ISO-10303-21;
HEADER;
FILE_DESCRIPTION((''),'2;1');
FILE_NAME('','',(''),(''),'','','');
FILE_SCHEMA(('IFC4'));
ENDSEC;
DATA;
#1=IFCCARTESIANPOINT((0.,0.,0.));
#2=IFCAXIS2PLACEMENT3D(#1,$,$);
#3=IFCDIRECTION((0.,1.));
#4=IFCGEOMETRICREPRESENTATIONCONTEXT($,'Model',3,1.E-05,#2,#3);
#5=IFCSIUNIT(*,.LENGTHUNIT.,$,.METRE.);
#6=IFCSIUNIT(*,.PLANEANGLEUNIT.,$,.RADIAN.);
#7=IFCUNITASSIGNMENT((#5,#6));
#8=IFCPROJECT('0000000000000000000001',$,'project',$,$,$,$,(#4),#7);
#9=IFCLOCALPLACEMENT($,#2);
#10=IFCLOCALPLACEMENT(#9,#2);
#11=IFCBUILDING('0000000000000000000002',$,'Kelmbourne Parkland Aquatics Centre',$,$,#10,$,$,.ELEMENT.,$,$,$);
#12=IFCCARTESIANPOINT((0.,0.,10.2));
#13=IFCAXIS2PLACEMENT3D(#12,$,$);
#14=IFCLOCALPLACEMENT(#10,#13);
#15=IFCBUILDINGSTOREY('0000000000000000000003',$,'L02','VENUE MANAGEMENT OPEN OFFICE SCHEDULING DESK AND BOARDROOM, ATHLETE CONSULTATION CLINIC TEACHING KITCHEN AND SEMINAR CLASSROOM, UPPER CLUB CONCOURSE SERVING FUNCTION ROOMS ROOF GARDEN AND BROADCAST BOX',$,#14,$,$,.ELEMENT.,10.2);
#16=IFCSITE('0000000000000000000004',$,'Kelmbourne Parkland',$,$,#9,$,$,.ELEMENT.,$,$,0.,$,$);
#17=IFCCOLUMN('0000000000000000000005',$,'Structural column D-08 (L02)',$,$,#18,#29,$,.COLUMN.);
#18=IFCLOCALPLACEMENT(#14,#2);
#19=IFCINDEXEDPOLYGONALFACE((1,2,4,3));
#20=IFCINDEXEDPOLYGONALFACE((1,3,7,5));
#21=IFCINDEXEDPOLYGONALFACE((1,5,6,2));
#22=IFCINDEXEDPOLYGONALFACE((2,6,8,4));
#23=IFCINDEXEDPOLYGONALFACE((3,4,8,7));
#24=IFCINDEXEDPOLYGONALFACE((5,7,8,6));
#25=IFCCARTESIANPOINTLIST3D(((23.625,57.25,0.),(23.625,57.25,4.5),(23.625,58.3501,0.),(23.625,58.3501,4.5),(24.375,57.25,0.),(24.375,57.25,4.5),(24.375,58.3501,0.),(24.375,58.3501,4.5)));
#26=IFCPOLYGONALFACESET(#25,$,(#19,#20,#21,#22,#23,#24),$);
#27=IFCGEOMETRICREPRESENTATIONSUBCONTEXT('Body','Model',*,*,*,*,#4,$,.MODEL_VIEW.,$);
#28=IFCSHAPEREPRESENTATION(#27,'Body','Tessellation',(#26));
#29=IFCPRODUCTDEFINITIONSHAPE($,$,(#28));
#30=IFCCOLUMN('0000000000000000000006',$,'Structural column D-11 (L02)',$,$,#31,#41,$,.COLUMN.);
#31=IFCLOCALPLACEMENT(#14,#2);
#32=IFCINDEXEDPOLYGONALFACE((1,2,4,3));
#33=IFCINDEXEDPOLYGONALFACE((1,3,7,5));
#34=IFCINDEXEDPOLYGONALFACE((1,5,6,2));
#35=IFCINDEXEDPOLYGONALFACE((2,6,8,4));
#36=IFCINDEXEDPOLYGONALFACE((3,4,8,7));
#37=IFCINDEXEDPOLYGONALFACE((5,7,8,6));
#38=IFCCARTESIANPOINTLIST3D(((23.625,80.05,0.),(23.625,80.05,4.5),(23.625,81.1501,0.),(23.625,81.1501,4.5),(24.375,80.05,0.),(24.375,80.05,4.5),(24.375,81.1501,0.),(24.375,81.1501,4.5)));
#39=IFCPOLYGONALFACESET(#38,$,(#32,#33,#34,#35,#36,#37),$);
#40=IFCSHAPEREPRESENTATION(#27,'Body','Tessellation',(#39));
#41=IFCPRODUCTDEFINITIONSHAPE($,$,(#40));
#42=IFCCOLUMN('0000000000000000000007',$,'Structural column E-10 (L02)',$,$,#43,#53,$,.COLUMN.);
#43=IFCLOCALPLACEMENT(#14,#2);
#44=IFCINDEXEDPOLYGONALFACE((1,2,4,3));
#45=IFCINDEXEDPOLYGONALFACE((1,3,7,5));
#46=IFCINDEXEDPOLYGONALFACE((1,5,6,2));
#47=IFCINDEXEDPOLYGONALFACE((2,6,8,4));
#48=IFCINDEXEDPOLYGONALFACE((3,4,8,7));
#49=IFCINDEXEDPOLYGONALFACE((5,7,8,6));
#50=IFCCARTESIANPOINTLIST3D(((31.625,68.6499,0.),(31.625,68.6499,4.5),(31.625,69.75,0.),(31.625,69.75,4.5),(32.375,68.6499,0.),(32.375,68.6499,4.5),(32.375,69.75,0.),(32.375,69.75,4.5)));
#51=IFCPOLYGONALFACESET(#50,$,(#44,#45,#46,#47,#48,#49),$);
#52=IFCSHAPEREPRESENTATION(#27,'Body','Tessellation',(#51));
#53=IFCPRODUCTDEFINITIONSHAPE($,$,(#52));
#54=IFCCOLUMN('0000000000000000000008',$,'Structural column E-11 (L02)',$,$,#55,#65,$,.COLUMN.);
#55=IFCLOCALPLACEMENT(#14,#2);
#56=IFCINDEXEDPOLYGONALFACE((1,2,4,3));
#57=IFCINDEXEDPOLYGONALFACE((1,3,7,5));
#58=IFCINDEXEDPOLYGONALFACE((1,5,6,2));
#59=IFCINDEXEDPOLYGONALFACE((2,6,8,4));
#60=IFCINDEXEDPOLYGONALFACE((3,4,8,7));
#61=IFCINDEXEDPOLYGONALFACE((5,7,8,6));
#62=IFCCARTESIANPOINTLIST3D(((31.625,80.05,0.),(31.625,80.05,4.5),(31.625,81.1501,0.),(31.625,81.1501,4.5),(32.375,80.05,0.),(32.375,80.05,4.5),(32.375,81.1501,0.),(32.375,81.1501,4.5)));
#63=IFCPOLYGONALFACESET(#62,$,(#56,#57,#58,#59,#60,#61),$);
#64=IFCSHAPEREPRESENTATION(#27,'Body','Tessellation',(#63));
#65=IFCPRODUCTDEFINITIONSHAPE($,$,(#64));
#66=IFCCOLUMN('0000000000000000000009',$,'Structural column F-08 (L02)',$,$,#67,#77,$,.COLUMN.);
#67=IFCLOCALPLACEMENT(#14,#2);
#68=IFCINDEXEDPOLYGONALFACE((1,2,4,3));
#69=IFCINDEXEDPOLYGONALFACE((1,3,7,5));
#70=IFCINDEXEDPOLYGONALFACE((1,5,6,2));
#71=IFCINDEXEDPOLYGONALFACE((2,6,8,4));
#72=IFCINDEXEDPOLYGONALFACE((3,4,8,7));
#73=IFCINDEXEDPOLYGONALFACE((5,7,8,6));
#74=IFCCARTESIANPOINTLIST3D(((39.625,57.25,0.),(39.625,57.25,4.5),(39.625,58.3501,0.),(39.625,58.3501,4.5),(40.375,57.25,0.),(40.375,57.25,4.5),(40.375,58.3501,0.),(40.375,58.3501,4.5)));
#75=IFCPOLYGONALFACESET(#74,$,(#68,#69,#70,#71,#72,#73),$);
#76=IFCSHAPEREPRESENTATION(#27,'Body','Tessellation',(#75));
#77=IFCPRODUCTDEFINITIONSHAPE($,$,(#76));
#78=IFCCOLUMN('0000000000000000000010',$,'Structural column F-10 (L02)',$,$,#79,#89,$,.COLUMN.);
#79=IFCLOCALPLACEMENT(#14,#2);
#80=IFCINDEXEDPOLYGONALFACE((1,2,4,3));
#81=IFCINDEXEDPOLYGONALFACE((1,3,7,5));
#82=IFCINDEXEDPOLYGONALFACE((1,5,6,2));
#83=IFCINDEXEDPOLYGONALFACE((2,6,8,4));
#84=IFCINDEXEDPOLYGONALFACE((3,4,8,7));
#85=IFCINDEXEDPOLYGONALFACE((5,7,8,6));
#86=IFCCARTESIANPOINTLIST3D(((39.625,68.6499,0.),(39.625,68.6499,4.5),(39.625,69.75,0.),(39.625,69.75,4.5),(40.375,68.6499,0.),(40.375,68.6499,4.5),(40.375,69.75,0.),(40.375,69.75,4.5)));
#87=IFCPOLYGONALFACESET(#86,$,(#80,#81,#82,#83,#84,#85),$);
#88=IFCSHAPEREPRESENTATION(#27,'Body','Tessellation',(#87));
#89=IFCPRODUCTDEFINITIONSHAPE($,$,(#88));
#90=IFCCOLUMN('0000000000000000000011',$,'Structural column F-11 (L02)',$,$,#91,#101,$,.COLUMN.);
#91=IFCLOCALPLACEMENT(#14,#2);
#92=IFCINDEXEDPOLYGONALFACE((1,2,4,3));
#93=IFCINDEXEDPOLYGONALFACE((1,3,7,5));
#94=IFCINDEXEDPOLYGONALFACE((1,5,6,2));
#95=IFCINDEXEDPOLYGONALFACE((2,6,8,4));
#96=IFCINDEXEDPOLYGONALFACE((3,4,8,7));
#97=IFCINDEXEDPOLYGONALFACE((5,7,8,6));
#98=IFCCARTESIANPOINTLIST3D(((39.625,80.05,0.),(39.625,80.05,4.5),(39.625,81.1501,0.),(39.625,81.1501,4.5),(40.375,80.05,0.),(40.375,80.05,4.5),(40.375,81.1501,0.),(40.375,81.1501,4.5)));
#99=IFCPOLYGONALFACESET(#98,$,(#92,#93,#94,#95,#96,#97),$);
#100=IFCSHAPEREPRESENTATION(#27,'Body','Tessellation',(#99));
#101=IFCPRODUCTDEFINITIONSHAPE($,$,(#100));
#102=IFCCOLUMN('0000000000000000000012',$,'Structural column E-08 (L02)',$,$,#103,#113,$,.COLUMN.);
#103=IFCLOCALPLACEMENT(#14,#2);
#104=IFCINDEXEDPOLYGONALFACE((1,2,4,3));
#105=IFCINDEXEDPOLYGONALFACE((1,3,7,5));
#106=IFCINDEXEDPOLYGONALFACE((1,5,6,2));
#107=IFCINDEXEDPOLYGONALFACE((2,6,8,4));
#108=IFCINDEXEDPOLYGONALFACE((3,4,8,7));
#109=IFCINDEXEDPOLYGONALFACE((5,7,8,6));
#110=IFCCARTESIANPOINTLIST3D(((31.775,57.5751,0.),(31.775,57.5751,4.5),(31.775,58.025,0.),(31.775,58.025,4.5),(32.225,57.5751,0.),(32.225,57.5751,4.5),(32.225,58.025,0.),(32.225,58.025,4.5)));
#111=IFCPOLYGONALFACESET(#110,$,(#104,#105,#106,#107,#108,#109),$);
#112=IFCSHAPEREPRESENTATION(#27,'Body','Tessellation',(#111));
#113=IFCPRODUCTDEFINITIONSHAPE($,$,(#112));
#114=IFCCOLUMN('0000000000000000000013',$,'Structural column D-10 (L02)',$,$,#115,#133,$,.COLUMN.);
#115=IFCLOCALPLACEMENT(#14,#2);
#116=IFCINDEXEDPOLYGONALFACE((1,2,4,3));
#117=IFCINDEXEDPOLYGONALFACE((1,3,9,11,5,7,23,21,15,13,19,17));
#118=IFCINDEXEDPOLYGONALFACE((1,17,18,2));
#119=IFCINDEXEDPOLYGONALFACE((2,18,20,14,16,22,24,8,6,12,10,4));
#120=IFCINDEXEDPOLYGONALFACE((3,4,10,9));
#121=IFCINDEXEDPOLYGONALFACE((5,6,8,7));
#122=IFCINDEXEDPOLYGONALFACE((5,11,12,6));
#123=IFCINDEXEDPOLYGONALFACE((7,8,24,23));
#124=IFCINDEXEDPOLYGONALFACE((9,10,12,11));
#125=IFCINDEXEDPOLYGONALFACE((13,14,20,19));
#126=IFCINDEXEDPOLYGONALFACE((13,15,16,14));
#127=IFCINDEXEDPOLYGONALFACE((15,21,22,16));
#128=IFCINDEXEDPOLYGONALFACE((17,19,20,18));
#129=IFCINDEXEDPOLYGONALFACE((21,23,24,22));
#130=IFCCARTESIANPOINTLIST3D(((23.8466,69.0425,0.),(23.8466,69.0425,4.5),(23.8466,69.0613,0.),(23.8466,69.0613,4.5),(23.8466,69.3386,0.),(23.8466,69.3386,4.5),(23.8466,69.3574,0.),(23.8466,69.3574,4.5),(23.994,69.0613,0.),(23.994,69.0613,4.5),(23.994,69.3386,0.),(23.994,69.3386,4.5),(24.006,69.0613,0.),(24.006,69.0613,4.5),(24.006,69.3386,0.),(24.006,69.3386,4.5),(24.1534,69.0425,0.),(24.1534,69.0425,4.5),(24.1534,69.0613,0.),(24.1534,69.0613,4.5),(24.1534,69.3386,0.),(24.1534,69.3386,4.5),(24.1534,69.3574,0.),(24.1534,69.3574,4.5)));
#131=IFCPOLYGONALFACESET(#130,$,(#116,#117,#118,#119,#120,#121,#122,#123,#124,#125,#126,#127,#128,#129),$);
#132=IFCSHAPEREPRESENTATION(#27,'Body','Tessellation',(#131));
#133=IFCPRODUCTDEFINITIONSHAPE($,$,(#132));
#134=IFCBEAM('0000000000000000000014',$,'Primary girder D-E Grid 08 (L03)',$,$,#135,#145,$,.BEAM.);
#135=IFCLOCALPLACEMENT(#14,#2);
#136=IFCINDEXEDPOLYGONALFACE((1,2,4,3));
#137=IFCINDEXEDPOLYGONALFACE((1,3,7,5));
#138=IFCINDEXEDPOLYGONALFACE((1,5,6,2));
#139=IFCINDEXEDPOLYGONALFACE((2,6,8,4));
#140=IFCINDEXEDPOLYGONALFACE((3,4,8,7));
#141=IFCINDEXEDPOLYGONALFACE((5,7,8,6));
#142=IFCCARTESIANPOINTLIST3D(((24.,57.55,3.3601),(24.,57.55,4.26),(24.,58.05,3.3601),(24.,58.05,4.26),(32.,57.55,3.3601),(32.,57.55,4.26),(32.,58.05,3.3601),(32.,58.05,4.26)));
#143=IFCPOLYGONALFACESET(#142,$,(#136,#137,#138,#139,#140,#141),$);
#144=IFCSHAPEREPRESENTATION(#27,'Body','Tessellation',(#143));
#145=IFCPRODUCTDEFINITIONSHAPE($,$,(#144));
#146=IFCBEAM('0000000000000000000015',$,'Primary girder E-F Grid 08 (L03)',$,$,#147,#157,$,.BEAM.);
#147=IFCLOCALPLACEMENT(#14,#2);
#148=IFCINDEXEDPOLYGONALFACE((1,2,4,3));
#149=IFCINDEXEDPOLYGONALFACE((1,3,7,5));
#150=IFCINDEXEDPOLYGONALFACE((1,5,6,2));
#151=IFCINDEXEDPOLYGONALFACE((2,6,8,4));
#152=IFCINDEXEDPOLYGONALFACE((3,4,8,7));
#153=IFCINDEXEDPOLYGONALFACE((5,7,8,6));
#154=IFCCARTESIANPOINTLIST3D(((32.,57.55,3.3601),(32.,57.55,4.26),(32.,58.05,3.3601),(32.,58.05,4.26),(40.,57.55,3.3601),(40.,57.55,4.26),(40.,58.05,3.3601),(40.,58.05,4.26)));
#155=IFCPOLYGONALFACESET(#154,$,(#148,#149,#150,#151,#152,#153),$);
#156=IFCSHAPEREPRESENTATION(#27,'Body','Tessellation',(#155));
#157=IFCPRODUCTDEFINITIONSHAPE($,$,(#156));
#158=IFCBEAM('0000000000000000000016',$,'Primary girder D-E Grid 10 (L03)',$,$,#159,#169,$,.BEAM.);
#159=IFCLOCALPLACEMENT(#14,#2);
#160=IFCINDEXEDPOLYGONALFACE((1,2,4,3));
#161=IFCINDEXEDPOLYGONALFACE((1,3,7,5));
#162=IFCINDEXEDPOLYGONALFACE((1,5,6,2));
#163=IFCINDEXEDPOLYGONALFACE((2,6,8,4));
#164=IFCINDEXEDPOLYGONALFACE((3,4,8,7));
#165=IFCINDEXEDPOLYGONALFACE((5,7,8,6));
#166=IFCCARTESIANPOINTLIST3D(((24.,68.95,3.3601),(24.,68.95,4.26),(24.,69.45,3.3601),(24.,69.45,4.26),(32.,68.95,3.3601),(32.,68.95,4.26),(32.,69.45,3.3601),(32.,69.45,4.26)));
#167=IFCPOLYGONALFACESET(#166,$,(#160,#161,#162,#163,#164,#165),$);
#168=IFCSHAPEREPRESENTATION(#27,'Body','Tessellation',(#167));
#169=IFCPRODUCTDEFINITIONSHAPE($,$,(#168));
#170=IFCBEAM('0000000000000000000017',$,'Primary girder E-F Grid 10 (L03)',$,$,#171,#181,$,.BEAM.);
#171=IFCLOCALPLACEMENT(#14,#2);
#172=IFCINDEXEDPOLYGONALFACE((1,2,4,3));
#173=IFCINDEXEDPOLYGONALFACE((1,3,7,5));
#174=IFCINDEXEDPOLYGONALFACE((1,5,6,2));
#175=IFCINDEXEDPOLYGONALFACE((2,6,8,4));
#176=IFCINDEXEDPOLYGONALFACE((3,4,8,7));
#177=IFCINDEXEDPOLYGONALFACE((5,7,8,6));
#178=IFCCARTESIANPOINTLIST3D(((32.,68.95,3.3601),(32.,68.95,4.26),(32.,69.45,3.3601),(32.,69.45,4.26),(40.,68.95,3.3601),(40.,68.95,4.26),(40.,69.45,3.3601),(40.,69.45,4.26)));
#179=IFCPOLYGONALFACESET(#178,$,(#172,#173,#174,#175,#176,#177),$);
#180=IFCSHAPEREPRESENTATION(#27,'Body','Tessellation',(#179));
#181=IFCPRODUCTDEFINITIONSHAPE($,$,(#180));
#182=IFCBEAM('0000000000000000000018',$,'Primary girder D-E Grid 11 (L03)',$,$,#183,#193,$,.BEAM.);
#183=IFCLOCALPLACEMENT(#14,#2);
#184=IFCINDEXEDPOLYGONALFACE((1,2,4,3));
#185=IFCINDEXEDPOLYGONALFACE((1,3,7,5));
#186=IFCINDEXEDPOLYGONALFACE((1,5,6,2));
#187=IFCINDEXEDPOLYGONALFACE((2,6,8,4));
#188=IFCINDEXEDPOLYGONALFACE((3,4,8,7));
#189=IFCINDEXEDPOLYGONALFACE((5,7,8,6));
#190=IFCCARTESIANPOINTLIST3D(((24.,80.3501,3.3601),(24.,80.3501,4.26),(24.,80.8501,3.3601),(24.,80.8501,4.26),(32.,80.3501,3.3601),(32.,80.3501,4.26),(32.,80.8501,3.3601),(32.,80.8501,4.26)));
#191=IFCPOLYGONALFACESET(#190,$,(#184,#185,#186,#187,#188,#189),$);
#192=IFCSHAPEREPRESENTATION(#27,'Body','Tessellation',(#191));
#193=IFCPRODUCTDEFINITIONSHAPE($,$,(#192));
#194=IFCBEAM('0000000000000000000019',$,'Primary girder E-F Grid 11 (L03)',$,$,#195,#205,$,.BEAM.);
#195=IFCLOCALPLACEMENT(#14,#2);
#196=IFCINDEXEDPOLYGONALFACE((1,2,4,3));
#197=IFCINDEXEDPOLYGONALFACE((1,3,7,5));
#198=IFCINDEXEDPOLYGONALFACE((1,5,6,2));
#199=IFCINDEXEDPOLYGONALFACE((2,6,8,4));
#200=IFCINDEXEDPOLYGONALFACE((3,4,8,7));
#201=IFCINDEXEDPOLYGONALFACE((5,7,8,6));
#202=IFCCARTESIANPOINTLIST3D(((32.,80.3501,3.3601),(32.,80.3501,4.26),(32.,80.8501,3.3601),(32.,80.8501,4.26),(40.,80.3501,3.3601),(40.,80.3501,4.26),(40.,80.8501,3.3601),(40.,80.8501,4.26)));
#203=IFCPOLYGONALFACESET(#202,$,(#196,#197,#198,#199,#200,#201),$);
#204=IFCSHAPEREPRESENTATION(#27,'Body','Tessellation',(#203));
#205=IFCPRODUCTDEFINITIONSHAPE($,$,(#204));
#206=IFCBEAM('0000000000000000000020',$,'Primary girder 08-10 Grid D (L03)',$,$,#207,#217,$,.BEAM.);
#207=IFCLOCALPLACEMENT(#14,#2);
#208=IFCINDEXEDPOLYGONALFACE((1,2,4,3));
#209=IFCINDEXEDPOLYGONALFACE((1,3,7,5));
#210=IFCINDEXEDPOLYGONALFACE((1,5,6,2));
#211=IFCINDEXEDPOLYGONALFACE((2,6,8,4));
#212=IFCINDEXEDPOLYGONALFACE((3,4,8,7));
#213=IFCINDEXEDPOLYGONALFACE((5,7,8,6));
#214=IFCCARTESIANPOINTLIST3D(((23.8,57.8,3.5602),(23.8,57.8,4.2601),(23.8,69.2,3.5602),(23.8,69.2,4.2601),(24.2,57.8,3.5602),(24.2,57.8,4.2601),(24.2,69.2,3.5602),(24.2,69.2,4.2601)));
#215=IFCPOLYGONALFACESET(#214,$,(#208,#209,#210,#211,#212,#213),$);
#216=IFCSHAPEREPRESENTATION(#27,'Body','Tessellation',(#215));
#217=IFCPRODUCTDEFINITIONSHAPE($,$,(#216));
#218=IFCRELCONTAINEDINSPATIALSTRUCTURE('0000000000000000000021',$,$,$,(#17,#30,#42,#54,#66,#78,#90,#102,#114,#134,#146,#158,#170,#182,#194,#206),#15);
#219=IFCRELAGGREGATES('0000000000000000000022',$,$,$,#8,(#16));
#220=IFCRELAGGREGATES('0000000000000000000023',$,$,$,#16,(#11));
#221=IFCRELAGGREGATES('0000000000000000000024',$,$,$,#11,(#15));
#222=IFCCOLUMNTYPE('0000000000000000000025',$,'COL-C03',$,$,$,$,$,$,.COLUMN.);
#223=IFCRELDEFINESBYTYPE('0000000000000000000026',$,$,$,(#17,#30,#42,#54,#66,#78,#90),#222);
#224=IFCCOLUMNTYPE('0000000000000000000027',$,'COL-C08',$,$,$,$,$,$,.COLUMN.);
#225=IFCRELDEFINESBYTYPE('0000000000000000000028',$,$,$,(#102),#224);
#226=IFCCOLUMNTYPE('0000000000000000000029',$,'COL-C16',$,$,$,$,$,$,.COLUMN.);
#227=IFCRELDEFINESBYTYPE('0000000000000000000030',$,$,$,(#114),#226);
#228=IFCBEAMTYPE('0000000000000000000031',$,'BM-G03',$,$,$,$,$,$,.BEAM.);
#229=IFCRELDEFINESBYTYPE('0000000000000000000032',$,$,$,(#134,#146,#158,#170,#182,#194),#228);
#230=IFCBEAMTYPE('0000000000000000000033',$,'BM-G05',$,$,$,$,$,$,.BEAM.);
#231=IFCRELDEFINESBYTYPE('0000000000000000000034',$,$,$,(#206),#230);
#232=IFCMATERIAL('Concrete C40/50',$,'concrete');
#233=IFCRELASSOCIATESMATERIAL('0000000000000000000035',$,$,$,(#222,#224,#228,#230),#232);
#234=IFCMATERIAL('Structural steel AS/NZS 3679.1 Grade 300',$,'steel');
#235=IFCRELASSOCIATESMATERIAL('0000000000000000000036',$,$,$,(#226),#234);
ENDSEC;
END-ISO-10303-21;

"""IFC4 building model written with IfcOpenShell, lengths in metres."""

from ifc_helpers import new_model, si_unit, direction, frame, origin, origin_2d, place, context, subcontext, project, spatial, rectangle, i_section, extrude, material, material_profile, profile_set, type_object, element, save


model = new_model("IFC4")

# Units and contexts
model_context = context("Model", 3, precision=1e-05, world=origin(), true_north=direction((0.0, 1.0)))
body_context = subcontext(model_context, "Body", "Model", "MODEL_VIEW")
ifc_project = project(units=[si_unit("LENGTHUNIT", "METRE"), si_unit("PLANEANGLEUNIT", "RADIAN")], contexts=[model_context])

# Site, building, storey
site_placement = place(None, origin())
site = spatial("IfcSite", under=ifc_project, at=site_placement, Name="Kelmbourne Parkland", CompositionType="ELEMENT", RefElevation=0.0)
building_placement = place(site_placement, origin())
building = spatial("IfcBuilding", under=site, at=building_placement, Name="Kelmbourne Parkland Aquatics Centre", CompositionType="ELEMENT")
storey_placement = place(building_placement, frame((0.0, 0.0, 10.2)))
storey = spatial("IfcBuildingStorey", under=building, at=storey_placement, Name="L02", Description="VENUE MANAGEMENT OPEN OFFICE SCHEDULING DESK AND BOARDROOM, ATHLETE CONSULTATION CLINIC TEACHING KITCHEN AND SEMINAR CLASSROOM, UPPER CLUB CONCOURSE SERVING FUNCTION ROOMS ROOF GARDEN AND BROADCAST BOX", CompositionType="ELEMENT", Elevation=10.2)

# Columns
ifc_material_1 = material(Name="Concrete C40/50", Category="concrete")
ifc_material_profile_1 = material_profile(ifc_material_1, rectangle(XDim=0.75, YDim=1.1001, at=origin_2d()), Name="RC 750x1100")
ifc_profile_set_1 = profile_set([ifc_material_profile_1], Name="Concrete C40/50")
column_type_1 = type_object("IfcColumnType", Name="COL-C03", PredefinedType="COLUMN", material=ifc_profile_set_1)
for number, where, z_axis, x_axis, name in (
    (1, (24.0, 57.8, 0.0), (0.0, 0.0, 1.0), (1.0, 0.0, 0.0), "Structural column D-08 (L02)"),
    (2, (24.0, 80.6001, 0.0), (0.0, 0.0, 1.0), (1.0, 0.0, 0.0), "Structural column D-11 (L02)"),
    (3, (32.0, 69.2, 0.0), (0.0, 0.0, 1.0), (1.0, 0.0, 0.0), "Structural column E-10 (L02)"),
    (4, (32.0, 80.6001, 0.0), (0.0, 0.0, 1.0), (1.0, 0.0, 0.0), "Structural column E-11 (L02)"),
    (5, (40.0, 57.8, 0.0), (0.0, 0.0, 1.0), (1.0, 0.0, 0.0), "Structural column F-08 (L02)"),
    (6, (40.0, 69.2, 0.0), (0.0, 0.0, 1.0), (1.0, 0.0, 0.0), "Structural column F-10 (L02)"),
    (7, (40.0, 80.6001, 0.0), (0.0, 0.0, 1.0), (1.0, 0.0, 0.0), "Structural column F-11 (L02)"),
):
    element("IfcColumn", number, at=place(storey_placement, frame(where, z_axis=z_axis, x_axis=x_axis)), inside=storey, type_object=column_type_1, Name=name, PredefinedType="COLUMN", context=body_context, shape_type="SweptSolid", body=[
        extrude(rectangle(XDim=0.75, YDim=1.1001, at=origin_2d()), origin(), (0.0, 0.0, 1.0), 4.5),
    ])
ifc_material_profile_2 = material_profile(ifc_material_1, rectangle(XDim=0.45, YDim=0.45, at=origin_2d()), Name="RC 450x450")
ifc_profile_set_2 = profile_set([ifc_material_profile_2], Name="Concrete C40/50")
column_type_2 = type_object("IfcColumnType", Name="COL-C08", PredefinedType="COLUMN", material=ifc_profile_set_2)
column_1_placement = place(storey_placement, frame((32.0, 57.8, 0.0), z_axis=(0.0, 0.0, 1.0), x_axis=(1.0, 0.0, 0.0)))
element("IfcColumn", 8, at=column_1_placement, inside=storey, type_object=column_type_2, Name="Structural column E-08 (L02)", PredefinedType="COLUMN", context=body_context, shape_type="SweptSolid", body=[
    extrude(rectangle(XDim=0.45, YDim=0.45, at=origin_2d()), origin(), (0.0, 0.0, 1.0), 4.5),
])
ifc_material_2 = material(Name="Structural steel AS/NZS 3679.1 Grade 300", Category="steel")
ifc_material_profile_3 = material_profile(ifc_material_2, i_section(OverallWidth=0.3069, OverallDepth=0.3149, WebThickness=0.012, FlangeThickness=0.0188, at=origin_2d()), Name="310UC118")
ifc_profile_set_3 = profile_set([ifc_material_profile_3], Name="Structural steel AS/NZS 3679.1 Grade 300")
column_type_3 = type_object("IfcColumnType", Name="COL-C16", PredefinedType="COLUMN", material=ifc_profile_set_3)
column_2_placement = place(storey_placement, frame((24.0, 69.2, 0.0), z_axis=(0.0, 0.0, 1.0), x_axis=(1.0, 0.0, 0.0)))
element("IfcColumn", 9, at=column_2_placement, inside=storey, type_object=column_type_3, Name="Structural column D-10 (L02)", PredefinedType="COLUMN", context=body_context, shape_type="SweptSolid", body=[
    extrude(i_section(OverallWidth=0.3069, OverallDepth=0.3149, WebThickness=0.012, FlangeThickness=0.0188, at=origin_2d()), origin(), (0.0, 0.0, 1.0), 4.5),
])

# Beams
ifc_material_profile_4 = material_profile(ifc_material_1, rectangle(XDim=0.5, YDim=0.8999, at=origin_2d()), Name="RC 500x900")
ifc_profile_set_4 = profile_set([ifc_material_profile_4], Name="Concrete C40/50")
beam_type_1 = type_object("IfcBeamType", Name="BM-G03", PredefinedType="BEAM", material=ifc_profile_set_4)
for number, where, z_axis, x_axis, name in (
    (10, (24.0, 57.8, 3.8101), (1.0, 0.0, 0.0), (0.0, 1.0, 0.0), "Primary girder D-E Grid 08 (L03)"),
    (11, (32.0, 57.8, 3.8101), (1.0, 0.0, 0.0), (0.0, 1.0, 0.0), "Primary girder E-F Grid 08 (L03)"),
    (12, (24.0, 69.2, 3.8101), (1.0, 0.0, 0.0), (0.0, 1.0, 0.0), "Primary girder D-E Grid 10 (L03)"),
    (13, (32.0, 69.2, 3.8101), (1.0, 0.0, 0.0), (0.0, 1.0, 0.0), "Primary girder E-F Grid 10 (L03)"),
    (14, (24.0, 80.6001, 3.8101), (1.0, 0.0, 0.0), (0.0, 1.0, 0.0), "Primary girder D-E Grid 11 (L03)"),
    (15, (32.0, 80.6001, 3.8101), (1.0, 0.0, 0.0), (0.0, 1.0, 0.0), "Primary girder E-F Grid 11 (L03)"),
):
    element("IfcBeam", number, at=place(storey_placement, frame(where, z_axis=z_axis, x_axis=x_axis)), inside=storey, type_object=beam_type_1, Name=name, PredefinedType="BEAM", context=body_context, shape_type="SweptSolid", body=[
        extrude(rectangle(XDim=0.5, YDim=0.8999, at=origin_2d()), origin(), (0.0, 0.0, 1.0), 8.0),
    ])
ifc_material_profile_5 = material_profile(ifc_material_1, rectangle(XDim=0.3999, YDim=0.7, at=origin_2d()), Name="RC 400x700")
ifc_profile_set_5 = profile_set([ifc_material_profile_5], Name="Concrete C40/50")
beam_type_2 = type_object("IfcBeamType", Name="BM-G05", PredefinedType="BEAM", material=ifc_profile_set_5)
beam_1_placement = place(storey_placement, frame((24.0, 57.8, 3.9102), z_axis=(0.0, 1.0, 0.0), x_axis=(-1.0, 0.0, 0.0)))
element("IfcBeam", 16, at=beam_1_placement, inside=storey, type_object=beam_type_2, Name="Primary girder 08-10 Grid D (L03)", PredefinedType="BEAM", context=body_context, shape_type="SweptSolid", body=[
    extrude(rectangle(XDim=0.3999, YDim=0.7, at=origin_2d()), origin(), (0.0, 0.0, 1.0), 11.3999),
])

save(model, "model.ifc")
